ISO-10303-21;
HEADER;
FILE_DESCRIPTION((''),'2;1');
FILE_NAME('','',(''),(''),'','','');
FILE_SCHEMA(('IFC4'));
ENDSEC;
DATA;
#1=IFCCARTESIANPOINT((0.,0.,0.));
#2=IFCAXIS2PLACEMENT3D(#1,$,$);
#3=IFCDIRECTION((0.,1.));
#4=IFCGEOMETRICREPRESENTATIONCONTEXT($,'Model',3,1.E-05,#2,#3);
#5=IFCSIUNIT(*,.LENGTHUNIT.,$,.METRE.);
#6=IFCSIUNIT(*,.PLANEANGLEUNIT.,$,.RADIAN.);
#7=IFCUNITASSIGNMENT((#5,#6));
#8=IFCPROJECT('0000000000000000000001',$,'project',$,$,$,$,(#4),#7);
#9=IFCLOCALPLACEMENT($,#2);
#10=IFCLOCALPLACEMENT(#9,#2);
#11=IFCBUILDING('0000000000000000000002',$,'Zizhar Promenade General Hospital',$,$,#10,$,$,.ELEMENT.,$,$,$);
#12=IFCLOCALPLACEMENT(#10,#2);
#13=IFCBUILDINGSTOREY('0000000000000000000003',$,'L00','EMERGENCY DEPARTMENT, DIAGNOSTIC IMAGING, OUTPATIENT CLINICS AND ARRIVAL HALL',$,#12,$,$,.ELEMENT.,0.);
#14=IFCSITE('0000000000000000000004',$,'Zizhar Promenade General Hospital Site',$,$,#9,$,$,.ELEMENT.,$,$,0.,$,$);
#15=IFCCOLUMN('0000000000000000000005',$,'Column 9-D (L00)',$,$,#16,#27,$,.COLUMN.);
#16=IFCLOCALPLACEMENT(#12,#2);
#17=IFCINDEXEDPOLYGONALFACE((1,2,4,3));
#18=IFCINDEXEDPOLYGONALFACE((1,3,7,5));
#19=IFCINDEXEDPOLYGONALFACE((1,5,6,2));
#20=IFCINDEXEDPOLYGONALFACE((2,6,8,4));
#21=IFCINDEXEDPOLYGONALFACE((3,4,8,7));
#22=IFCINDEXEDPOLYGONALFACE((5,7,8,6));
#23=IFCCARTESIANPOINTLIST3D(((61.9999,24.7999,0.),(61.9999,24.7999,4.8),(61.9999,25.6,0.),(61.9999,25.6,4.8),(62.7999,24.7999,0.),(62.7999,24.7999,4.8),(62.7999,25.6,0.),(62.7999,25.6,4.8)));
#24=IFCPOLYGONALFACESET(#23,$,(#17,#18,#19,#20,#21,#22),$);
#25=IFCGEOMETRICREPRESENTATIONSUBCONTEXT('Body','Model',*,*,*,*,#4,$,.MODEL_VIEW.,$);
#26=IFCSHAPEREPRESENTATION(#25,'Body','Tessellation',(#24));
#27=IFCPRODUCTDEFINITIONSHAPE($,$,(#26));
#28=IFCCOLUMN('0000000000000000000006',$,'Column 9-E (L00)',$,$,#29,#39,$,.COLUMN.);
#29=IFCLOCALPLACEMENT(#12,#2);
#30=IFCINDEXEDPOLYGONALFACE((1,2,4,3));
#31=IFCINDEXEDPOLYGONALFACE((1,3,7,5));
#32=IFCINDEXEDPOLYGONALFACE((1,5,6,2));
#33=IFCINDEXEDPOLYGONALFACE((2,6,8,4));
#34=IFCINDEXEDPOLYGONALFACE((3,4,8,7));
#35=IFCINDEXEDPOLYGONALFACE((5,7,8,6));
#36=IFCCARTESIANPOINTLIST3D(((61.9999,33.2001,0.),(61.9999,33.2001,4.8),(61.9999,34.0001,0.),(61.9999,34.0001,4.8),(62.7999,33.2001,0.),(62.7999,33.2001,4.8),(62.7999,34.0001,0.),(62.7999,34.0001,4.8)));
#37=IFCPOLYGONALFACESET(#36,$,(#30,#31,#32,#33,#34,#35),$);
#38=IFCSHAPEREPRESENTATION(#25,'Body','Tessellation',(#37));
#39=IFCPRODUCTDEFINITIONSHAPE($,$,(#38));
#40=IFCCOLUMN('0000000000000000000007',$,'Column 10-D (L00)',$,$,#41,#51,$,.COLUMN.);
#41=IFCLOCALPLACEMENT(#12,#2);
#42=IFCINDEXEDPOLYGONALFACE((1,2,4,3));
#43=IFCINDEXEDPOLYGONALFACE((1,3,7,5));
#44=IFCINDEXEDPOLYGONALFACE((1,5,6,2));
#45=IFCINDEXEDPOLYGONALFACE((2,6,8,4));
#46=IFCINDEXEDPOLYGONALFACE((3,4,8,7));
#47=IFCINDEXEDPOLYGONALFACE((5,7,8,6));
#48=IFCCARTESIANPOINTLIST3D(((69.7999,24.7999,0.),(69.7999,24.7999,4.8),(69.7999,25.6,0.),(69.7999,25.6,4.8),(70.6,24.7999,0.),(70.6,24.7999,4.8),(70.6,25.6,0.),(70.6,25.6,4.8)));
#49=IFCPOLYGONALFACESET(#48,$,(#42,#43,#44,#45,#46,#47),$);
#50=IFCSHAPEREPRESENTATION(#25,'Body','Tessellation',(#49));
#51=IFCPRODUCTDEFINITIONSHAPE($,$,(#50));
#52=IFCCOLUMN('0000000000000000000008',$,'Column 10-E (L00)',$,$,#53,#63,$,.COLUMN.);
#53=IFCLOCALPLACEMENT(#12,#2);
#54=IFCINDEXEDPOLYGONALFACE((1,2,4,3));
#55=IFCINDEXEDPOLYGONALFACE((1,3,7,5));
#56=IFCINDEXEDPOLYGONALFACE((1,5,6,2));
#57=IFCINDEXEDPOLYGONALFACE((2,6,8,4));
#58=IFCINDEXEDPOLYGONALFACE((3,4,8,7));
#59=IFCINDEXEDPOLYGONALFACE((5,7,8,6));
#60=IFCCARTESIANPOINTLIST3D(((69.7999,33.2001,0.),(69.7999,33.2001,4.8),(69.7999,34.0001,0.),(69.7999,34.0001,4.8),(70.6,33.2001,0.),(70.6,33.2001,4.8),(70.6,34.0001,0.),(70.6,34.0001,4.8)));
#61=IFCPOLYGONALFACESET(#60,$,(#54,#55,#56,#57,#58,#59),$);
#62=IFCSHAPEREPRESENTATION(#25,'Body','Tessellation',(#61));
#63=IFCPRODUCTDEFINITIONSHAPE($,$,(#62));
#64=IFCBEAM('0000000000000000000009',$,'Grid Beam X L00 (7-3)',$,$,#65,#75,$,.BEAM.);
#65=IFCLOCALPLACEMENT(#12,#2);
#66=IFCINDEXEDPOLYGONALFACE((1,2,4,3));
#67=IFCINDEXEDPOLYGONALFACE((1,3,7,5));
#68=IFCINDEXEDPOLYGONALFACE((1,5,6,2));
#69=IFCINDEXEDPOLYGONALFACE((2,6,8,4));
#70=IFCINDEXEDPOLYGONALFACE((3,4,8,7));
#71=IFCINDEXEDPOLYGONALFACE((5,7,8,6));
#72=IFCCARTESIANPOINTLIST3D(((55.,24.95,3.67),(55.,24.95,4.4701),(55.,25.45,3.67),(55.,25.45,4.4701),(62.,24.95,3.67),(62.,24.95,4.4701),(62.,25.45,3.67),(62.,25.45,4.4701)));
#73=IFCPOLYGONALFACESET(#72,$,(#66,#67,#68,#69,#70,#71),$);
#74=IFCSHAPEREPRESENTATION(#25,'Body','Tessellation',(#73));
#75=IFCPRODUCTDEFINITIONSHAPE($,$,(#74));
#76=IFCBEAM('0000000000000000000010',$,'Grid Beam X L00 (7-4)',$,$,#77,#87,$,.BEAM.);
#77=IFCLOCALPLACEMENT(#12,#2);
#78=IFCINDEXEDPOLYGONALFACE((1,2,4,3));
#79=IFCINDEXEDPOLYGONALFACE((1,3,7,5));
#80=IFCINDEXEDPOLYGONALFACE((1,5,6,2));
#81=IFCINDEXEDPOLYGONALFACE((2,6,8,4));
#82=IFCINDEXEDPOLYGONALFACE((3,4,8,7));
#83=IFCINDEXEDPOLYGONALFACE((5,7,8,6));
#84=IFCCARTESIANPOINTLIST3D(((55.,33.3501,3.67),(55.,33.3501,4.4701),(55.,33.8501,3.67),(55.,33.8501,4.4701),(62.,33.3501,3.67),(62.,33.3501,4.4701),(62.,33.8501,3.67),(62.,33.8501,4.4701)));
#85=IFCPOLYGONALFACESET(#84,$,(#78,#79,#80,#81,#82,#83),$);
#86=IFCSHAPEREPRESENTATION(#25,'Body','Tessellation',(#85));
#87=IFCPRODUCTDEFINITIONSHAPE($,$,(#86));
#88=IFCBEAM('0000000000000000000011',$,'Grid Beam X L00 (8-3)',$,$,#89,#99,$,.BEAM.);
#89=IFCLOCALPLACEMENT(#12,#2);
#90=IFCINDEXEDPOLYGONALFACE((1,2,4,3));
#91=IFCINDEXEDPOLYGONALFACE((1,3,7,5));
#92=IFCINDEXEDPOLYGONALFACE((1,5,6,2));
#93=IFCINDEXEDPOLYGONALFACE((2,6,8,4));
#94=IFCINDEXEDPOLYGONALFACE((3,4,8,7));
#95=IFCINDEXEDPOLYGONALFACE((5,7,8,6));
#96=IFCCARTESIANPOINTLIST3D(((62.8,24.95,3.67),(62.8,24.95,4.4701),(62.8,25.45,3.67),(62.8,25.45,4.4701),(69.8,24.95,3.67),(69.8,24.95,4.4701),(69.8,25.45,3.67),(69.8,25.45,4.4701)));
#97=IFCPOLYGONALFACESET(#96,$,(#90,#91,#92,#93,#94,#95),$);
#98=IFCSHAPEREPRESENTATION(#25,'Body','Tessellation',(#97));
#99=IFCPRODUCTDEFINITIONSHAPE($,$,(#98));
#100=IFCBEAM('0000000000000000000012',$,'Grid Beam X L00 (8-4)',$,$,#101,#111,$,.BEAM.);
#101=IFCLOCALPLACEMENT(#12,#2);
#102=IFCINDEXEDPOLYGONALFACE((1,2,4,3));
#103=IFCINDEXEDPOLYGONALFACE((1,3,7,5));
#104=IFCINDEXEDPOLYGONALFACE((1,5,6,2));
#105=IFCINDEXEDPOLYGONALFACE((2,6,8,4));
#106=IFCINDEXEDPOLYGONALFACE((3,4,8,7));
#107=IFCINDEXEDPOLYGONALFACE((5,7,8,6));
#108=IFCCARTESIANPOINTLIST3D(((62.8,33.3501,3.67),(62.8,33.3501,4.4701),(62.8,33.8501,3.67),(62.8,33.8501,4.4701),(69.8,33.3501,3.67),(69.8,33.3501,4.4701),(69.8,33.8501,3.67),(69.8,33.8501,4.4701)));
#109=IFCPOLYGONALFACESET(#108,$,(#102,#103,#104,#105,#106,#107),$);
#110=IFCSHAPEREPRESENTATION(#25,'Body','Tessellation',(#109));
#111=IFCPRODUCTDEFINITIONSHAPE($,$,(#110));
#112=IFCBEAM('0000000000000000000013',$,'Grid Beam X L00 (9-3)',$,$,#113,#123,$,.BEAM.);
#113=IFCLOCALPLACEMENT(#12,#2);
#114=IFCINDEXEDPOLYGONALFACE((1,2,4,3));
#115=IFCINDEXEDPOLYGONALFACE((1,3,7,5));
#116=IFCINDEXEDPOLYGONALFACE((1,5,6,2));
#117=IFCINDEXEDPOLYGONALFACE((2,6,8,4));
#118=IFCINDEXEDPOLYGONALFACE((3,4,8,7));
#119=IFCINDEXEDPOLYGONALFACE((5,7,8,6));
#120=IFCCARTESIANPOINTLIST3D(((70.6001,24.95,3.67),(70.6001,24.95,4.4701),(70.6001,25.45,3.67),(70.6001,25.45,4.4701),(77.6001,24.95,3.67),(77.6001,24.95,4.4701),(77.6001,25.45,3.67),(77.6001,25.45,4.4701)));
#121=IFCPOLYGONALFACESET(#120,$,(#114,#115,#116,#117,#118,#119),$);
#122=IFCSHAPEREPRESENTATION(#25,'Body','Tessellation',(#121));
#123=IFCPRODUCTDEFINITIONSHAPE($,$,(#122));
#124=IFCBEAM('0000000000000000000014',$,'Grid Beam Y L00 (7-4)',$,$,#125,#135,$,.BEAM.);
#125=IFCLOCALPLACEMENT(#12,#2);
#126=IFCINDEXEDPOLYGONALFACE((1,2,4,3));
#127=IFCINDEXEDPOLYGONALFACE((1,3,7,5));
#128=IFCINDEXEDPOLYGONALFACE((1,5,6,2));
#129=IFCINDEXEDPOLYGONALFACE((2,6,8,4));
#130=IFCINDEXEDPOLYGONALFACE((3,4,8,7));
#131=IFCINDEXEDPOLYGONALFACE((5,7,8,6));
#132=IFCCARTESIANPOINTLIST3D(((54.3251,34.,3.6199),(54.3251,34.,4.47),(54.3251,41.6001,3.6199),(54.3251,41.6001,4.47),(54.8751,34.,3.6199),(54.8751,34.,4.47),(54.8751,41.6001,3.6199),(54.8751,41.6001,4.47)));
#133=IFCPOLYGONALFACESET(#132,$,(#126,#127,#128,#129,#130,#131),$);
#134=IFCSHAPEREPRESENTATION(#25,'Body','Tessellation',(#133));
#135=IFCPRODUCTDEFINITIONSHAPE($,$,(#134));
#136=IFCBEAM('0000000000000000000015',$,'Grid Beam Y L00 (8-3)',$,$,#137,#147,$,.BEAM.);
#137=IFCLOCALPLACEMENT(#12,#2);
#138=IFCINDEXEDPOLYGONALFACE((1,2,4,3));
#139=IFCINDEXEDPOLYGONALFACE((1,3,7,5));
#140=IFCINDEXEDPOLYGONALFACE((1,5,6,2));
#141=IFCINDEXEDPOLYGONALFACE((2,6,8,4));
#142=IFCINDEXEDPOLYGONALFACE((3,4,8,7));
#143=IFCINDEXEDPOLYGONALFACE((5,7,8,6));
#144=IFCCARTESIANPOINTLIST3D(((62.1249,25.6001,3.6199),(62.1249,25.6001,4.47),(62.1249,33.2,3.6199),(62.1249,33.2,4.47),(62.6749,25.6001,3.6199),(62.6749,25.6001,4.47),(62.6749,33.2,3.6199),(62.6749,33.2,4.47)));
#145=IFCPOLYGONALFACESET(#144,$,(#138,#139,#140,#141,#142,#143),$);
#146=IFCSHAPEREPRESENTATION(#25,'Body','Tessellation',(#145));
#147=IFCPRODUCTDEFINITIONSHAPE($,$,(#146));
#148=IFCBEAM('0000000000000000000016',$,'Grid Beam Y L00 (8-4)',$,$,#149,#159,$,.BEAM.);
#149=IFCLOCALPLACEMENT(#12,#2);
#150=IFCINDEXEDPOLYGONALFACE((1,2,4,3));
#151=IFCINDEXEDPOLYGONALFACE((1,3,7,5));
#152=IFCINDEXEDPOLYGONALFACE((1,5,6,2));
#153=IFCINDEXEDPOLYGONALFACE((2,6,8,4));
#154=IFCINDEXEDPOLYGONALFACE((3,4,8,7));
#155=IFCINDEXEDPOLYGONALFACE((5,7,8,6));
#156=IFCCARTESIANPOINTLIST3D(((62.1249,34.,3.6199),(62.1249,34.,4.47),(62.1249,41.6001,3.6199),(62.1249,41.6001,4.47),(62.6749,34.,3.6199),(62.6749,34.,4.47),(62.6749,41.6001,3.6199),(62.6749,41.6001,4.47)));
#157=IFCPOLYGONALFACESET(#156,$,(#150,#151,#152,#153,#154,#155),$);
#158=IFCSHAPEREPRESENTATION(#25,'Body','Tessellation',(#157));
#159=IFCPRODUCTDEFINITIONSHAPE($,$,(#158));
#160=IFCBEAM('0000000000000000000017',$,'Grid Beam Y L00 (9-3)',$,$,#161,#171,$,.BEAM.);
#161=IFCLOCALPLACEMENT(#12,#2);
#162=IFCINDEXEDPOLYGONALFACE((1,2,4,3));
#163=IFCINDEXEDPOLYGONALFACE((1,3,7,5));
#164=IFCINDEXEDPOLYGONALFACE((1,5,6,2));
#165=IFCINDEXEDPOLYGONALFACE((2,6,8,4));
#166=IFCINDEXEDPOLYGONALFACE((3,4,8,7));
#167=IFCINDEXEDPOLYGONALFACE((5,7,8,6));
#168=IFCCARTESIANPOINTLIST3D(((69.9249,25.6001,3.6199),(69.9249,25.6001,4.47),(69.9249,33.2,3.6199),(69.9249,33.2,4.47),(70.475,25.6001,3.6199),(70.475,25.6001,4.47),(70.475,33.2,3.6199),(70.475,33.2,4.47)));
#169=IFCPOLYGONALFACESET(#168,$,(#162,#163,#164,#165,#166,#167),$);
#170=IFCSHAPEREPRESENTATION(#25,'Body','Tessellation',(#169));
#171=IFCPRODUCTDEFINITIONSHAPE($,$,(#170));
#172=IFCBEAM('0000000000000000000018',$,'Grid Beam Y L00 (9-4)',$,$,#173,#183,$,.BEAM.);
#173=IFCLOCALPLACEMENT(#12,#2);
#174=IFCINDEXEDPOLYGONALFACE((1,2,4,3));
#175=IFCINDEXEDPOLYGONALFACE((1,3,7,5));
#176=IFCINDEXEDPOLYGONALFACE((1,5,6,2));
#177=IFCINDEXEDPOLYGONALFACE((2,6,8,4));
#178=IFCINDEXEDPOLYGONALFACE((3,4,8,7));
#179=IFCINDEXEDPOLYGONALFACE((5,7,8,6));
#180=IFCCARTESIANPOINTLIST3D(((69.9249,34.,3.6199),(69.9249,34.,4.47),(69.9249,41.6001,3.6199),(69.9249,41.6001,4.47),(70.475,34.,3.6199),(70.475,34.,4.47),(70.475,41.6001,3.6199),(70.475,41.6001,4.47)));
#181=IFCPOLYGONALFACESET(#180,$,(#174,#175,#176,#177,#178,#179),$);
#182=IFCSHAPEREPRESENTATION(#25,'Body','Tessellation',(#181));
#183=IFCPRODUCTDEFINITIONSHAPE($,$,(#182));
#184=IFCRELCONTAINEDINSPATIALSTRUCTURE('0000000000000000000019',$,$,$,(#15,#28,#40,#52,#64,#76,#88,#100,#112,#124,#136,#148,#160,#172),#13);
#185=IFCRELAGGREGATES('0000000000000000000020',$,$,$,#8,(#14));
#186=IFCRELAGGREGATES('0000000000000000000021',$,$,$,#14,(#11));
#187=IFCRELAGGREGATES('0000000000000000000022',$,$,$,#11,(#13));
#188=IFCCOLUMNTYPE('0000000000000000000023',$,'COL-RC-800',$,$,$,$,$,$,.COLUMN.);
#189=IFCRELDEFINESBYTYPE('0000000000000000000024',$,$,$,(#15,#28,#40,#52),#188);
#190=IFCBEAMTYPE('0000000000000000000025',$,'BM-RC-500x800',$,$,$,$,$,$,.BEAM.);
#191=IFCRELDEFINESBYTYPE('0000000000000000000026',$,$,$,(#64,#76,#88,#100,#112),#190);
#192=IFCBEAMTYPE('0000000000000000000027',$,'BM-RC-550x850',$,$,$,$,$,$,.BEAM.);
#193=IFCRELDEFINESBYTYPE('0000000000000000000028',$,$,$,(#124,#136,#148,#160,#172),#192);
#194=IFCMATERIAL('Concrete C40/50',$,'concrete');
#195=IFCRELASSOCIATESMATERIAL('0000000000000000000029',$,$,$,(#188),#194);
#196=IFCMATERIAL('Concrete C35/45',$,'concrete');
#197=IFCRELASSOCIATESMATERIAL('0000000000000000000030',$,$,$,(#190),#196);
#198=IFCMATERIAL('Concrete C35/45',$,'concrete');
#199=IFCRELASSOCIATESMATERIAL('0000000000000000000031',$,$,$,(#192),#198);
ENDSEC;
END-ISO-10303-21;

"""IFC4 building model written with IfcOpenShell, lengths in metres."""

from ifc_helpers import new_model, si_unit, direction, frame, origin, origin_2d, place, context, subcontext, project, spatial, rectangle, extrude, material, material_profile, profile_set, type_object, element, save


model = new_model("IFC4")

# Units and contexts
model_context = context("Model", 3, precision=1e-05, world=origin(), true_north=direction((0.0, 1.0)))
body_context = subcontext(model_context, "Body", "Model", "MODEL_VIEW")
ifc_project = project(units=[si_unit("LENGTHUNIT", "METRE"), si_unit("PLANEANGLEUNIT", "RADIAN")], contexts=[model_context])

# Site, building, storey
site_placement = place(None, origin())
site = spatial("IfcSite", under=ifc_project, at=site_placement, Name="Zizhar Promenade General Hospital Site", CompositionType="ELEMENT", RefElevation=0.0)
building_placement = place(site_placement, origin())
building = spatial("IfcBuilding", under=site, at=building_placement, Name="Zizhar Promenade General Hospital", CompositionType="ELEMENT")
storey_placement = place(building_placement, origin())
storey = spatial("IfcBuildingStorey", under=building, at=storey_placement, Name="L00", Description="EMERGENCY DEPARTMENT, DIAGNOSTIC IMAGING, OUTPATIENT CLINICS AND ARRIVAL HALL", CompositionType="ELEMENT", Elevation=0.0)

# Columns
ifc_material_1 = material(Name="Concrete C40/50", Category="concrete")
ifc_material_profile_1 = material_profile(ifc_material_1, rectangle(XDim=0.8, YDim=0.8, at=origin_2d()))
ifc_profile_set_1 = profile_set([ifc_material_profile_1], Name="Concrete C40/50")
column_type = type_object("IfcColumnType", Name="COL-RC-800", PredefinedType="COLUMN", material=ifc_profile_set_1)
for number, where, z_axis, x_axis, name in (
    (1, (62.3999, 25.2, 0.0), (0.0, 0.0, 1.0), (1.0, 0.0, 0.0), "Column 9-D (L00)"),
    (2, (62.3999, 33.6001, 0.0), (0.0, 0.0, 1.0), (1.0, 0.0, 0.0), "Column 9-E (L00)"),
    (3, (70.2, 25.2, 0.0), (0.0, 0.0, 1.0), (1.0, 0.0, 0.0), "Column 10-D (L00)"),
    (4, (70.2, 33.6001, 0.0), (0.0, 0.0, 1.0), (1.0, 0.0, 0.0), "Column 10-E (L00)"),
):
    element("IfcColumn", number, at=place(storey_placement, frame(where, z_axis=z_axis, x_axis=x_axis)), inside=storey, type_object=column_type, Name=name, PredefinedType="COLUMN", context=body_context, shape_type="SweptSolid", body=[
        extrude(rectangle(XDim=0.8, YDim=0.8, at=origin_2d()), origin(), (0.0, 0.0, 1.0), 4.8),
    ])

# Beams
ifc_material_2 = material(Name="Concrete C35/45", Category="concrete")
ifc_material_profile_2 = material_profile(ifc_material_2, rectangle(XDim=0.5, YDim=0.8, at=origin_2d()))
ifc_profile_set_2 = profile_set([ifc_material_profile_2], Name="Concrete C35/45")
beam_type_1 = type_object("IfcBeamType", Name="BM-RC-500x800", PredefinedType="BEAM", material=ifc_profile_set_2)
for number, where, z_axis, x_axis, name in (
    (5, (55.0, 25.2, 4.0701), (1.0, 0.0, 0.0), (0.0, 1.0, 0.0), "Grid Beam X L00 (7-3)"),
    (6, (55.0, 33.6001, 4.0701), (1.0, 0.0, 0.0), (0.0, 1.0, 0.0), "Grid Beam X L00 (7-4)"),
    (7, (62.8, 25.2, 4.0701), (1.0, 0.0, 0.0), (0.0, 1.0, 0.0), "Grid Beam X L00 (8-3)"),
    (8, (62.8, 33.6001, 4.0701), (1.0, 0.0, 0.0), (0.0, 1.0, 0.0), "Grid Beam X L00 (8-4)"),
    (9, (70.6001, 25.2, 4.0701), (1.0, 0.0, 0.0), (0.0, 1.0, 0.0), "Grid Beam X L00 (9-3)"),
):
    element("IfcBeam", number, at=place(storey_placement, frame(where, z_axis=z_axis, x_axis=x_axis)), inside=storey, type_object=beam_type_1, Name=name, PredefinedType="BEAM", context=body_context, shape_type="SweptSolid", body=[
        extrude(rectangle(XDim=0.5, YDim=0.8, at=origin_2d()), origin(), (0.0, 0.0, 1.0), 7.0),
    ])
ifc_material_3 = material(Name="Concrete C35/45", Category="concrete")
ifc_material_profile_3 = material_profile(ifc_material_3, rectangle(XDim=0.55, YDim=0.8501, at=origin_2d()))
ifc_profile_set_3 = profile_set([ifc_material_profile_3], Name="Concrete C35/45")
beam_type_2 = type_object("IfcBeamType", Name="BM-RC-550x850", PredefinedType="BEAM", material=ifc_profile_set_3)
beam_1_placement = place(storey_placement, frame((54.6001, 34.0, 4.0449), z_axis=(0.0, 1.0, 0.0), x_axis=(-1.0, 0.0, 0.0)))
element("IfcBeam", 10, at=beam_1_placement, inside=storey, type_object=beam_type_2, Name="Grid Beam Y L00 (7-4)", PredefinedType="BEAM", context=body_context, shape_type="SweptSolid", body=[
    extrude(rectangle(XDim=0.55, YDim=0.8501, at=origin_2d()), origin(), (0.0, 0.0, 1.0), 7.6001),
])
beam_2_placement = place(storey_placement, frame((62.3999, 25.6001, 4.0449), z_axis=(0.0, 1.0, 0.0), x_axis=(-1.0, 0.0, 0.0)))
element("IfcBeam", 11, at=beam_2_placement, inside=storey, type_object=beam_type_2, Name="Grid Beam Y L00 (8-3)", PredefinedType="BEAM", context=body_context, shape_type="SweptSolid", body=[
    extrude(rectangle(XDim=0.55, YDim=0.8501, at=origin_2d()), origin(), (0.0, 0.0, 1.0), 7.5999),
])
beam_3_placement = place(storey_placement, frame((62.3999, 34.0, 4.0449), z_axis=(0.0, 1.0, 0.0), x_axis=(-1.0, 0.0, 0.0)))
element("IfcBeam", 12, at=beam_3_placement, inside=storey, type_object=beam_type_2, Name="Grid Beam Y L00 (8-4)", PredefinedType="BEAM", context=body_context, shape_type="SweptSolid", body=[
    extrude(rectangle(XDim=0.55, YDim=0.8501, at=origin_2d()), origin(), (0.0, 0.0, 1.0), 7.6001),
])
beam_4_placement = place(storey_placement, frame((70.2, 25.6001, 4.0449), z_axis=(0.0, 1.0, 0.0), x_axis=(-1.0, 0.0, 0.0)))
element("IfcBeam", 13, at=beam_4_placement, inside=storey, type_object=beam_type_2, Name="Grid Beam Y L00 (9-3)", PredefinedType="BEAM", context=body_context, shape_type="SweptSolid", body=[
    extrude(rectangle(XDim=0.55, YDim=0.8501, at=origin_2d()), origin(), (0.0, 0.0, 1.0), 7.5999),
])
beam_5_placement = place(storey_placement, frame((70.2, 34.0, 4.0449), z_axis=(0.0, 1.0, 0.0), x_axis=(-1.0, 0.0, 0.0)))
element("IfcBeam", 14, at=beam_5_placement, inside=storey, type_object=beam_type_2, Name="Grid Beam Y L00 (9-4)", PredefinedType="BEAM", context=body_context, shape_type="SweptSolid", body=[
    extrude(rectangle(XDim=0.55, YDim=0.8501, at=origin_2d()), origin(), (0.0, 0.0, 1.0), 7.6001),
])

save(model, "model.ifc")
